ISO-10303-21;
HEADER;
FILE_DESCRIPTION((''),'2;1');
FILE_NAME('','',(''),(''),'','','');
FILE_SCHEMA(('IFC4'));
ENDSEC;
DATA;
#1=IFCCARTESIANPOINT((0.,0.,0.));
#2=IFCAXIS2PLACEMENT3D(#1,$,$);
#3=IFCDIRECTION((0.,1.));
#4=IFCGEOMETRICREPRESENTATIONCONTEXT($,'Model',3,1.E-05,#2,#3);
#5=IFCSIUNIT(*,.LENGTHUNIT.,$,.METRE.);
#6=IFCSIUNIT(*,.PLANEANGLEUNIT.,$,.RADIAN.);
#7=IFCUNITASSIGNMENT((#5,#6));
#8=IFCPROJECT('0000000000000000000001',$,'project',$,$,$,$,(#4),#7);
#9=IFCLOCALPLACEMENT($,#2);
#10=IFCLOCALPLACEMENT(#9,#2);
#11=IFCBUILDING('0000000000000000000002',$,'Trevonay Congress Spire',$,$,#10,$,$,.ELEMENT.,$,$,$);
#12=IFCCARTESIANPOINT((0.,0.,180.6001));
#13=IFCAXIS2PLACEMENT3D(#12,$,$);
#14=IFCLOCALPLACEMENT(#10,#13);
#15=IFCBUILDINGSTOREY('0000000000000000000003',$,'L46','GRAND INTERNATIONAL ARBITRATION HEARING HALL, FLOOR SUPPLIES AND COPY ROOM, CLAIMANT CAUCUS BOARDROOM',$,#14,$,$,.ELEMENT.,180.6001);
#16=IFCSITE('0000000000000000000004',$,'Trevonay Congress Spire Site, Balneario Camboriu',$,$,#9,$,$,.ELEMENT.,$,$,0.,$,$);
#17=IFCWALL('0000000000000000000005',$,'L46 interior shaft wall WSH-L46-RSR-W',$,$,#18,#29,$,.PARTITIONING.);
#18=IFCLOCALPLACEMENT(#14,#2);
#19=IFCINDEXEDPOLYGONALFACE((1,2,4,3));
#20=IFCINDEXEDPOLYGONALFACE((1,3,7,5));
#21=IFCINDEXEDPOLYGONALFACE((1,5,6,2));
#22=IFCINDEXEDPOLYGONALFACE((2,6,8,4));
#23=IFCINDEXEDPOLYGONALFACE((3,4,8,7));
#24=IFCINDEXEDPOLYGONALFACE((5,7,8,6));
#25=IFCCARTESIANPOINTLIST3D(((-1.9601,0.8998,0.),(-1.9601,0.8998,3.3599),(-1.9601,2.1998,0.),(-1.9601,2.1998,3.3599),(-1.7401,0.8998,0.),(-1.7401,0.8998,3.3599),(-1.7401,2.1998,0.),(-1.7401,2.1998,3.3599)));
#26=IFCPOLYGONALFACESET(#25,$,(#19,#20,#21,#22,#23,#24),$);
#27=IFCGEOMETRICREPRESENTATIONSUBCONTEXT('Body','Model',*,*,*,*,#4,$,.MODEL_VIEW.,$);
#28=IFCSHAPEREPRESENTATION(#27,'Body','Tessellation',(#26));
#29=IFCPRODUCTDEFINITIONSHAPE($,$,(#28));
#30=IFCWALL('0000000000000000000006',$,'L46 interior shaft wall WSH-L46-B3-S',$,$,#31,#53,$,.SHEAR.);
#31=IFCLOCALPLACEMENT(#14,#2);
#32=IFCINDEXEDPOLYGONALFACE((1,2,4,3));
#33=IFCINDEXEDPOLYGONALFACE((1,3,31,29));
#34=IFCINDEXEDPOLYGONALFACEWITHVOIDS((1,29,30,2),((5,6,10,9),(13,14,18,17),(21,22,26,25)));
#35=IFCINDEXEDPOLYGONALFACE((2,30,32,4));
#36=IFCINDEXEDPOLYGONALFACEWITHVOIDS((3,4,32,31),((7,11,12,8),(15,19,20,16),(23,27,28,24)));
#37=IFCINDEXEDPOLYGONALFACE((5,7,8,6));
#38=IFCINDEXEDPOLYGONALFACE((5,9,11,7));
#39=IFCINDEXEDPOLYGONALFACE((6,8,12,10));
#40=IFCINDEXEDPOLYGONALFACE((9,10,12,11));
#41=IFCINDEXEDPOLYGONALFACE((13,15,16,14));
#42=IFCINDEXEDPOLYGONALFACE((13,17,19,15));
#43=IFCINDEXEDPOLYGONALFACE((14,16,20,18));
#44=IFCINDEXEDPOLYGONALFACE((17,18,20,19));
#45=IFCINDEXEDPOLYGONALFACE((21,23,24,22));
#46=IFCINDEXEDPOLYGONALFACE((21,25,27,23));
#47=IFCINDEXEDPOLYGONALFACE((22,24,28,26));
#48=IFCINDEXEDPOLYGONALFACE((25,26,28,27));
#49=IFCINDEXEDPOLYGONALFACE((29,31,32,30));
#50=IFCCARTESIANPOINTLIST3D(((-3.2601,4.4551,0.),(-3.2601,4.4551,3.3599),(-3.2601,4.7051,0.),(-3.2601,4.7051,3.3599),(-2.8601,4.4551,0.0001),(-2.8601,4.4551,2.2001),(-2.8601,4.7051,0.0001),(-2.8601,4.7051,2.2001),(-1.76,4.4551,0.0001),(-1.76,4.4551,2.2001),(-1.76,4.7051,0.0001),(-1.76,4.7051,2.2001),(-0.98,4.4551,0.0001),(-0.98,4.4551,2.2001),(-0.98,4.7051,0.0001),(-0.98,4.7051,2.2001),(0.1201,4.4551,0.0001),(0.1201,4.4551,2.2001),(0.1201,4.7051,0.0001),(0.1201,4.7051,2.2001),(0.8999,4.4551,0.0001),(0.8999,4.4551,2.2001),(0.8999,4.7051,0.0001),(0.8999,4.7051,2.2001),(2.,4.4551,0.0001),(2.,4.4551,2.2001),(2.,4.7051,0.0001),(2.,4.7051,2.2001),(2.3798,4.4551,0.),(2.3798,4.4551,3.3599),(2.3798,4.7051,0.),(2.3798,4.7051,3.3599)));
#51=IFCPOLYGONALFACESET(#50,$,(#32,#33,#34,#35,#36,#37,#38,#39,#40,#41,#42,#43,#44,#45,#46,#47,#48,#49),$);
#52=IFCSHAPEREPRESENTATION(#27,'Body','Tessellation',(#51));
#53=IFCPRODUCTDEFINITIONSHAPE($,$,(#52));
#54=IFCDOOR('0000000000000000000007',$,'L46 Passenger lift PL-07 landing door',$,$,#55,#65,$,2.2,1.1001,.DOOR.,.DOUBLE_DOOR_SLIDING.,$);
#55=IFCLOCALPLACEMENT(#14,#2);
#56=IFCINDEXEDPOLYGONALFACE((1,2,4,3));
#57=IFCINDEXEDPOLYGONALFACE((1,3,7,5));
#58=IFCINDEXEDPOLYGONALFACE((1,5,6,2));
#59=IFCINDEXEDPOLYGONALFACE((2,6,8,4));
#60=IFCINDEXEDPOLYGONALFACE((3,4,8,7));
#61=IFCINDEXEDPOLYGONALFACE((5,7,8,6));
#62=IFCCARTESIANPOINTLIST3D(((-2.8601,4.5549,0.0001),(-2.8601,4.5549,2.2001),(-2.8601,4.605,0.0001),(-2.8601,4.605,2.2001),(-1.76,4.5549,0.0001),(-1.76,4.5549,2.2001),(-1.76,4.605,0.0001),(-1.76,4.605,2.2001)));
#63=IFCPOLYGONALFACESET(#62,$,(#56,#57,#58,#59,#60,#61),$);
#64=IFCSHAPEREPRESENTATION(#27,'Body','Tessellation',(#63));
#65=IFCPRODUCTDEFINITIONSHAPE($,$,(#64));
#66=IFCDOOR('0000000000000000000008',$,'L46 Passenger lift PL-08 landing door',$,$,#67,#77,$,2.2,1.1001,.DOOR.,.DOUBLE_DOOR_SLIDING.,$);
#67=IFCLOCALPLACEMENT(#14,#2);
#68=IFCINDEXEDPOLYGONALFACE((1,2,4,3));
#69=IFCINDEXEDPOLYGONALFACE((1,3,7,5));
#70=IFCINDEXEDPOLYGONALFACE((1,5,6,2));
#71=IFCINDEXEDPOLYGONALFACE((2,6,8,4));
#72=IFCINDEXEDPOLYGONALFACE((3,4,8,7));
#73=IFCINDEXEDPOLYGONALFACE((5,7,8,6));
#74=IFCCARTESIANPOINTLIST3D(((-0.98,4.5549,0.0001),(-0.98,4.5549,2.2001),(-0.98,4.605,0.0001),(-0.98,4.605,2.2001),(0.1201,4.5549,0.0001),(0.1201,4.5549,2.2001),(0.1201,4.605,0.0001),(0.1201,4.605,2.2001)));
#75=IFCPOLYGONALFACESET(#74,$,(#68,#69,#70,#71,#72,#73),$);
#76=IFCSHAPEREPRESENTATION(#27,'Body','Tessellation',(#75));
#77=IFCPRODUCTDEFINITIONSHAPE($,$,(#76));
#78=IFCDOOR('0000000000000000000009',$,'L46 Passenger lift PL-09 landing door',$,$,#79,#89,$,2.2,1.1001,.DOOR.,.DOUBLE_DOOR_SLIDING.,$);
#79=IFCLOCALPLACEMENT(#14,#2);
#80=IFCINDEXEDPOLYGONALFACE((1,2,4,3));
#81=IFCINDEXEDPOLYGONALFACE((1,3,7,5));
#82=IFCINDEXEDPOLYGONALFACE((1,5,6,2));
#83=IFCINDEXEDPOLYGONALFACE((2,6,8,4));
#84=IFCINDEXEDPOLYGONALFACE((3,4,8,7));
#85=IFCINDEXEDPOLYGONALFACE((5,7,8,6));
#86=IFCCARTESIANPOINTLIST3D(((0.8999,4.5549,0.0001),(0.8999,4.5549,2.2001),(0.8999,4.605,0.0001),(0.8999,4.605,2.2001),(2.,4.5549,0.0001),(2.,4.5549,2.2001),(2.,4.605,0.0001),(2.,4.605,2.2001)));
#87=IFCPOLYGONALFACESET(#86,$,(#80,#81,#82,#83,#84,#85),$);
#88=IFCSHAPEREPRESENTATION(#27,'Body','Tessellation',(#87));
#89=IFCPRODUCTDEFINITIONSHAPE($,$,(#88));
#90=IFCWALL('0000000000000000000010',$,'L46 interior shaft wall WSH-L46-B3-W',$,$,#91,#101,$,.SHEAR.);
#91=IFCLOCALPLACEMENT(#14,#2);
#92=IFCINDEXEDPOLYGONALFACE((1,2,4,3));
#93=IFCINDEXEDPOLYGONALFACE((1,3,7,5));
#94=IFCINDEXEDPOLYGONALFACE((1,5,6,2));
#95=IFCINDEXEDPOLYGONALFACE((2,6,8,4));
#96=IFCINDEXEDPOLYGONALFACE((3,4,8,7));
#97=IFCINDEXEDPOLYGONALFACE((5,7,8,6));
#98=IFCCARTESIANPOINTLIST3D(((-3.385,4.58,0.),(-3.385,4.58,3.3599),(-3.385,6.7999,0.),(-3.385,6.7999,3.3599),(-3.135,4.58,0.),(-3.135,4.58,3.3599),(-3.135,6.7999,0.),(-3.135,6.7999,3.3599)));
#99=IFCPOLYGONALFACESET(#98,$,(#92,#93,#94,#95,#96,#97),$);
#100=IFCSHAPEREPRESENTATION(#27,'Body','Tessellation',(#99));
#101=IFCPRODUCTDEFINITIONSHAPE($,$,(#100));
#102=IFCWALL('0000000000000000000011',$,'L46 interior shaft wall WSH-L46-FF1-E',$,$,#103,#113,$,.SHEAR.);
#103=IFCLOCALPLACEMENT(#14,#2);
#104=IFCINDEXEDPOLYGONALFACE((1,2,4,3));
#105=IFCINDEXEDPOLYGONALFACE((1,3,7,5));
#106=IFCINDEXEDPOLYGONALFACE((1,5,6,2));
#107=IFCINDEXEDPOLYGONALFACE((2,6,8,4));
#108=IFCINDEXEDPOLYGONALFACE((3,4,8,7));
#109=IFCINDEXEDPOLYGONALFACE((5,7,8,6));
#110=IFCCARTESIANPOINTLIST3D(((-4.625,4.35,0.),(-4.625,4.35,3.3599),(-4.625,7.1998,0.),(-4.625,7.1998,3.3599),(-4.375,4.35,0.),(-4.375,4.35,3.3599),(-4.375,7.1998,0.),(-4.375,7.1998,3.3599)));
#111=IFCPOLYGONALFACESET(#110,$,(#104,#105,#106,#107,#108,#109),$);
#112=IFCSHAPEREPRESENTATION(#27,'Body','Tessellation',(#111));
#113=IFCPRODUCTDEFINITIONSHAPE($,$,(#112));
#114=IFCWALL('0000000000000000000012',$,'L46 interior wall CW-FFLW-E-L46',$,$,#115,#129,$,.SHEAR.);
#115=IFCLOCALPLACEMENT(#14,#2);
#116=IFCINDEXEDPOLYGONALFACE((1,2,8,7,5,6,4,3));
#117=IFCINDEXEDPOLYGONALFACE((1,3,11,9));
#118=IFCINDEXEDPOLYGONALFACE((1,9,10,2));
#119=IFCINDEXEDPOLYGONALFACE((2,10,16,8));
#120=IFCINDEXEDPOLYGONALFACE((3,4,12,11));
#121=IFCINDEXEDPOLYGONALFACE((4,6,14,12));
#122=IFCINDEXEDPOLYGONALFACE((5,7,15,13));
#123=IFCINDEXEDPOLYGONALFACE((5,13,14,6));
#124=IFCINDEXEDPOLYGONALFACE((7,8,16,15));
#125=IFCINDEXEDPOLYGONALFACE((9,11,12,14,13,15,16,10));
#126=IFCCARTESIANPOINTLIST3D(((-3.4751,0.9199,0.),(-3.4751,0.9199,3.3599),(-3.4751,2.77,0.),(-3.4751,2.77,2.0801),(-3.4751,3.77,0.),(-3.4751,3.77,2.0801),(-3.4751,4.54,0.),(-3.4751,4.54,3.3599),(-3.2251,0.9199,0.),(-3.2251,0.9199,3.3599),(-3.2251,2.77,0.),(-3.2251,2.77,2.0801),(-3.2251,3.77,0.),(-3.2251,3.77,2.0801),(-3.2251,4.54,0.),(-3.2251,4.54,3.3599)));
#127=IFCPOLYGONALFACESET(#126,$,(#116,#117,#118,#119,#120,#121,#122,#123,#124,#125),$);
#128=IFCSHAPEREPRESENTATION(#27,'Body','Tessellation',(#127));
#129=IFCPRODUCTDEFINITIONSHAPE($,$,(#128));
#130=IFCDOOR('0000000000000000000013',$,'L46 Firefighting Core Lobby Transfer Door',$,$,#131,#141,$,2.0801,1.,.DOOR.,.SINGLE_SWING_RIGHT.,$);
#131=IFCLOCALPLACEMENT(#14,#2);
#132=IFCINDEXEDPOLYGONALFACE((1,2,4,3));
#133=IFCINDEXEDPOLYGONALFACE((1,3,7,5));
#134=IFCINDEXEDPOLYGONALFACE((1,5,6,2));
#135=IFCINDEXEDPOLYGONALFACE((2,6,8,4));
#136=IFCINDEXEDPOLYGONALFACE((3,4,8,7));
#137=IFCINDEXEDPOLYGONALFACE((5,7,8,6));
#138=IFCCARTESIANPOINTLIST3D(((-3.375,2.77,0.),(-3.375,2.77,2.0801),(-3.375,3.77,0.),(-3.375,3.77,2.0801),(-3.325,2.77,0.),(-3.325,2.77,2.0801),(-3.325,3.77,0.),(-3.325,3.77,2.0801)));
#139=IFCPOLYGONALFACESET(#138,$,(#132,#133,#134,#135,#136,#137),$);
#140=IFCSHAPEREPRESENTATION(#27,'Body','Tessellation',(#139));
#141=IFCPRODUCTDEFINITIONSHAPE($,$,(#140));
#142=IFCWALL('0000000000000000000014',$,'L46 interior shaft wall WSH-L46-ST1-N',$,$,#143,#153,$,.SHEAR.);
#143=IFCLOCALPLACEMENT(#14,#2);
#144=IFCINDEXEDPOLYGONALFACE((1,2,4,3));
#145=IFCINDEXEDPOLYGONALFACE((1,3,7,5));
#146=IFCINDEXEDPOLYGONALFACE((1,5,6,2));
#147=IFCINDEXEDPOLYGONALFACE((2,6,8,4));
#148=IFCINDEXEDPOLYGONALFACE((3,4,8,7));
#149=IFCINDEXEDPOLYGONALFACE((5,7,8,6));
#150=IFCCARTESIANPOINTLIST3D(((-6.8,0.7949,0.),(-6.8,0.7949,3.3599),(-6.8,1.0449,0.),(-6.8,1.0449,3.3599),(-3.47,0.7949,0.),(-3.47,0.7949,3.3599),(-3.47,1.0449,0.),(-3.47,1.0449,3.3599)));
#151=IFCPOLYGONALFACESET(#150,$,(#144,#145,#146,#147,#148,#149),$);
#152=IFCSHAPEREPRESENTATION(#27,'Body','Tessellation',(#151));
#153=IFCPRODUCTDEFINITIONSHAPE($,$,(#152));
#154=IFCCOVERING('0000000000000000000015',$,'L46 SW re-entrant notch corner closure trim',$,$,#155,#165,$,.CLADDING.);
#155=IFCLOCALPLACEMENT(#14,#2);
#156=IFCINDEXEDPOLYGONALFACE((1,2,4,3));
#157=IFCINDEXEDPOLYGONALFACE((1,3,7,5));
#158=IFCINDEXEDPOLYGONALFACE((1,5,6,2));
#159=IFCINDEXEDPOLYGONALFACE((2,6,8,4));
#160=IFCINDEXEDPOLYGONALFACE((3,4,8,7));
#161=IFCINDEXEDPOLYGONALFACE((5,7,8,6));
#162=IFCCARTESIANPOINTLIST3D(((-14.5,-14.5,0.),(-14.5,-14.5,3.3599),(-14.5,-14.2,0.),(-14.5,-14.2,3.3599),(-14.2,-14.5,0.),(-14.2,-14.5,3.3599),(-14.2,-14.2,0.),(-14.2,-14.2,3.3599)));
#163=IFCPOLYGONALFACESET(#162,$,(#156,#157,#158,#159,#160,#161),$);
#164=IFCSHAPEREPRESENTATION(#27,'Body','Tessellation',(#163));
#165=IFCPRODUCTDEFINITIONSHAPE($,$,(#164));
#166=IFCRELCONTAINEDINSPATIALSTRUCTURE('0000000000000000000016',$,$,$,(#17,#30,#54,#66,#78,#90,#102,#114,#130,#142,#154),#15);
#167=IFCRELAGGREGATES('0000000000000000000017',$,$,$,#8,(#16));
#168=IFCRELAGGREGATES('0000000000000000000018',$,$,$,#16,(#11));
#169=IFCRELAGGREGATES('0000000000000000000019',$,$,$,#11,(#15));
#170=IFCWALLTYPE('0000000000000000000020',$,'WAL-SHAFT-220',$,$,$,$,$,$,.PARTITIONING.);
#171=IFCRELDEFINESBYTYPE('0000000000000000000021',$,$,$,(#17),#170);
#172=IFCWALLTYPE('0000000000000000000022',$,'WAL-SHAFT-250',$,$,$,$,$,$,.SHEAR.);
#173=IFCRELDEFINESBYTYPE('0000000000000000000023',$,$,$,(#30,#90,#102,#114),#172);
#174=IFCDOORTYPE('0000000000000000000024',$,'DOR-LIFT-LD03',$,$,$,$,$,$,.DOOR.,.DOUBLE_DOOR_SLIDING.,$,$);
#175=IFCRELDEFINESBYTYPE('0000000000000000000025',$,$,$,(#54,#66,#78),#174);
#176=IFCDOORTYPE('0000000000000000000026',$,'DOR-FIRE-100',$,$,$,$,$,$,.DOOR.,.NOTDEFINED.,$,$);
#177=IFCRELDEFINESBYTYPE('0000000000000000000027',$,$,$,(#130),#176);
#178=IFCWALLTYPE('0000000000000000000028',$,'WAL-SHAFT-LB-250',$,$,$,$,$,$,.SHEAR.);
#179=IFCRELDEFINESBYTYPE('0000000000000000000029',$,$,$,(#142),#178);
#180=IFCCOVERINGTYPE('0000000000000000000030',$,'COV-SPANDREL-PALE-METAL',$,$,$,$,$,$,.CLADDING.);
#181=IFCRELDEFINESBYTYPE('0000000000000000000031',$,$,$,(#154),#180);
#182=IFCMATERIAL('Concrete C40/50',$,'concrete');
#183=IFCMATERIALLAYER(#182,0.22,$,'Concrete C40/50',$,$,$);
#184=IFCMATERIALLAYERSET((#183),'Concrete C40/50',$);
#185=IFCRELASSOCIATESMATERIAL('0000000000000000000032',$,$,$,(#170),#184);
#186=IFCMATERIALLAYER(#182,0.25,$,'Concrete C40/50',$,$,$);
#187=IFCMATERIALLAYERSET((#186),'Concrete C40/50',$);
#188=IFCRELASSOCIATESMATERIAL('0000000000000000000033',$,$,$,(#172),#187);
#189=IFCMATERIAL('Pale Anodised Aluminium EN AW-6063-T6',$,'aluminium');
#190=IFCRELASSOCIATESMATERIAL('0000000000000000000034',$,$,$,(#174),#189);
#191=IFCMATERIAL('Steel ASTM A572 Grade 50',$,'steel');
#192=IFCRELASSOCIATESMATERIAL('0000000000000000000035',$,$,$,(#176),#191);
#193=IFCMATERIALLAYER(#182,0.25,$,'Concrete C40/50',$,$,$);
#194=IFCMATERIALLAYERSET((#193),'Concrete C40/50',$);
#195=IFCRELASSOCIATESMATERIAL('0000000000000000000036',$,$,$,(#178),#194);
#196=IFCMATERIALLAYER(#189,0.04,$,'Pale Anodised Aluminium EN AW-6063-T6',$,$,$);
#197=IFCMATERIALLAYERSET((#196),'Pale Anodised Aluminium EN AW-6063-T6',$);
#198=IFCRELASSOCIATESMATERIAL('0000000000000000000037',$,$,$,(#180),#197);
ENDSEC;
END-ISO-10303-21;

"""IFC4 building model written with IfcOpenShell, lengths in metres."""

from ifc_helpers import new_model, si_unit, direction, frame, frame_2d, origin, place, context, subcontext, project, spatial, polyline, rectangle, outline, extrude, material, layer, layer_set, type_object, element, fill, save


model = new_model("IFC4")

# Units and contexts
model_context = context("Model", 3, precision=1e-05, world=origin(), true_north=direction((0.0, 1.0)))
body_context = subcontext(model_context, "Body", "Model", "MODEL_VIEW")
ifc_project = project(units=[si_unit("LENGTHUNIT", "METRE"), si_unit("PLANEANGLEUNIT", "RADIAN")], contexts=[model_context])

# Site, building, storey
site_placement = place(None, origin())
site = spatial("IfcSite", under=ifc_project, at=site_placement, Name="Trevonay Congress Spire Site, Balneario Camboriu", CompositionType="ELEMENT", RefElevation=0.0)
building_placement = place(site_placement, origin())
building = spatial("IfcBuilding", under=site, at=building_placement, Name="Trevonay Congress Spire", CompositionType="ELEMENT")
storey_placement = place(building_placement, frame((0.0, 0.0, 180.6001)))
storey = spatial("IfcBuildingStorey", under=building, at=storey_placement, Name="L46", Description="GRAND INTERNATIONAL ARBITRATION HEARING HALL, FLOOR SUPPLIES AND COPY ROOM, CLAIMANT CAUCUS BOARDROOM", CompositionType="ELEMENT", Elevation=180.6001)

# Shared definitions
ifc_material_1 = material(Name="Steel ASTM A572 Grade 50", Category="steel")

# Shared definitions
ifc_material_2 = material(Name="Concrete C40/50", Category="concrete")

# Wall
ifc_layer_1 = layer(ifc_material_2, 0.22, Name="Concrete C40/50")
ifc_layer_set_1 = layer_set([ifc_layer_1], Name="Concrete C40/50")
wall_type_1 = type_object("IfcWallType", Name="WAL-SHAFT-220", PredefinedType="PARTITIONING", material=ifc_layer_set_1)
for number, where, z_axis, x_axis, name in (
    (1, (-1.8501, 0.8999, 0.0), (0.0, 0.0, 1.0), (0.0, 1.0, 0.0), "L46 interior shaft wall WSH-L46-RSR-W"),
):
    element("IfcWall", number, at=place(storey_placement, frame(where, z_axis=z_axis, x_axis=x_axis)), inside=storey, type_object=wall_type_1, Name=name, PredefinedType="PARTITIONING", context=body_context, shape_type="SweptSolid", body=[
        extrude(rectangle(XDim=1.3, YDim=0.22, at=frame_2d((0.6499, 0.0))), origin(), (0.0, 0.0, 1.0), 3.3599),
    ])

# Wall, openings, doors
ifc_layer_2 = layer(ifc_material_2, 0.25, Name="Concrete C40/50")
ifc_layer_set_2 = layer_set([ifc_layer_2], Name="Concrete C40/50")
wall_type_2 = type_object("IfcWallType", Name="WAL-SHAFT-250", PredefinedType="SHEAR", material=ifc_layer_set_2)
wall_1_placement = place(storey_placement, frame((-3.26, 4.5801, 0.0), z_axis=(0.0, 0.0, 1.0), x_axis=(1.0, 0.0, 0.0)))
wall_1 = element("IfcWall", 2, at=wall_1_placement, inside=storey, type_object=wall_type_2, Name="L46 interior shaft wall WSH-L46-B3-S", PredefinedType="SHEAR", context=body_context, shape_type="SweptSolid", body=[
    extrude(rectangle(XDim=5.6399, YDim=0.25, at=frame_2d((2.8198, 0.0))), origin(), (0.0, 0.0, 1.0), 3.3599),
])
opening_1_placement = place(wall_1_placement, frame((0.3999, 0.0, 0.0)))
opening_1 = element("IfcOpeningElement", 3, at=opening_1_placement, cuts=wall_1, PredefinedType="OPENING", context=body_context, shape_type="SweptSolid", body=[
    extrude(rectangle(XDim=1.1001, YDim=2.2, at=frame_2d((0.55, 1.1001))), frame((0.0, 0.135, 0.0), z_axis=(0.0, -1.0, 0.0), x_axis=(1.0, 0.0, 0.0)), (0.0, 0.0, 1.0), 0.27),
])
opening_2_placement = place(wall_1_placement, frame((2.28, 0.0, 0.0)))
opening_2 = element("IfcOpeningElement", 4, at=opening_2_placement, cuts=wall_1, PredefinedType="OPENING", context=body_context, shape_type="SweptSolid", body=[
    extrude(rectangle(XDim=1.1001, YDim=2.2, at=frame_2d((0.55, 1.1001))), frame((0.0, 0.135, 0.0), z_axis=(0.0, -1.0, 0.0), x_axis=(1.0, 0.0, 0.0)), (0.0, 0.0, 1.0), 0.27),
])
opening_3_placement = place(wall_1_placement, frame((4.1599, 0.0, 0.0)))
opening_3 = element("IfcOpeningElement", 5, at=opening_3_placement, cuts=wall_1, PredefinedType="OPENING", context=body_context, shape_type="SweptSolid", body=[
    extrude(rectangle(XDim=1.1001, YDim=2.2, at=frame_2d((0.55, 1.1001))), frame((0.0, 0.135, 0.0), z_axis=(0.0, -1.0, 0.0), x_axis=(1.0, 0.0, 0.0)), (0.0, 0.0, 1.0), 0.27),
])
ifc_material_3 = material(Name="Pale Anodised Aluminium EN AW-6063-T6", Category="aluminium")
door_type_1 = type_object("IfcDoorType", Name="DOR-LIFT-LD03", OperationType="DOUBLE_DOOR_SLIDING", PredefinedType="DOOR", material=ifc_material_3)
door_1_placement = place(opening_1_placement, origin())
door_1 = element("IfcDoor", 6, at=door_1_placement, inside=storey, type_object=door_type_1, Name="L46 Passenger lift PL-07 landing door", OperationType="DOUBLE_DOOR_SLIDING", OverallHeight=2.2, OverallWidth=1.1001, PredefinedType="DOOR", context=body_context, shape_type="SweptSolid", body=[
    extrude(rectangle(XDim=1.1001, YDim=2.2, at=frame_2d((0.55, 1.1001))), frame((0.0, 0.0249, 0.0), z_axis=(0.0, -1.0, 0.0), x_axis=(1.0, 0.0, 0.0)), (0.0, 0.0, 1.0), 0.05),
])
fill(opening_1, door_1)
door_2_placement = place(opening_2_placement, origin())
door_2 = element("IfcDoor", 7, at=door_2_placement, inside=storey, type_object=door_type_1, Name="L46 Passenger lift PL-08 landing door", OperationType="DOUBLE_DOOR_SLIDING", OverallHeight=2.2, OverallWidth=1.1001, PredefinedType="DOOR", context=body_context, shape_type="SweptSolid", body=[
    extrude(rectangle(XDim=1.1001, YDim=2.2, at=frame_2d((0.55, 1.1001))), frame((0.0, 0.0249, 0.0), z_axis=(0.0, -1.0, 0.0), x_axis=(1.0, 0.0, 0.0)), (0.0, 0.0, 1.0), 0.05),
])
fill(opening_2, door_2)
door_3_placement = place(opening_3_placement, origin())
door_3 = element("IfcDoor", 8, at=door_3_placement, inside=storey, type_object=door_type_1, Name="L46 Passenger lift PL-09 landing door", OperationType="DOUBLE_DOOR_SLIDING", OverallHeight=2.2, OverallWidth=1.1001, PredefinedType="DOOR", context=body_context, shape_type="SweptSolid", body=[
    extrude(rectangle(XDim=1.1001, YDim=2.2, at=frame_2d((0.55, 1.1001))), frame((0.0, 0.0249, 0.0), z_axis=(0.0, -1.0, 0.0), x_axis=(1.0, 0.0, 0.0)), (0.0, 0.0, 1.0), 0.05),
])
fill(opening_3, door_3)

# Walls
wall_2_placement = place(storey_placement, frame((-3.26, 4.5801, 0.0), z_axis=(0.0, 0.0, 1.0), x_axis=(0.0, 1.0, 0.0)))
element("IfcWall", 9, at=wall_2_placement, inside=storey, type_object=wall_type_2, Name="L46 interior shaft wall WSH-L46-B3-W", PredefinedType="SHEAR", context=body_context, shape_type="SweptSolid", body=[
    extrude(rectangle(XDim=2.22, YDim=0.25, at=frame_2d((1.1099, 0.0))), origin(), (0.0, 0.0, 1.0), 3.3599),
])
wall_3_placement = place(storey_placement, frame((-4.5, 4.3501, 0.0), z_axis=(0.0, 0.0, 1.0), x_axis=(0.0, 1.0, 0.0)))
element("IfcWall", 10, at=wall_3_placement, inside=storey, type_object=wall_type_2, Name="L46 interior shaft wall WSH-L46-FF1-E", PredefinedType="SHEAR", context=body_context, shape_type="SweptSolid", body=[
    extrude(rectangle(XDim=2.8499, YDim=0.25, at=frame_2d((1.4248, 0.0))), origin(), (0.0, 0.0, 1.0), 3.3599),
])

# Wall, opening, door
wall_4_placement = place(storey_placement, frame((-3.3501, 0.9199, 0.0), z_axis=(0.0, 0.0, 1.0), x_axis=(0.0, 1.0, 0.0)))
wall_4 = element("IfcWall", 11, at=wall_4_placement, inside=storey, type_object=wall_type_2, Name="L46 interior wall CW-FFLW-E-L46", PredefinedType="SHEAR", context=body_context, shape_type="SweptSolid", body=[
    extrude(rectangle(XDim=3.6201, YDim=0.25, at=frame_2d((1.8101, 0.0))), origin(), (0.0, 0.0, 1.0), 3.3599),
])
opening_4_placement = place(wall_4_placement, frame((1.8501, 0.0, 0.0)))
opening_4 = element("IfcOpeningElement", 12, at=opening_4_placement, cuts=wall_4, PredefinedType="OPENING", context=body_context, shape_type="SweptSolid", body=[
    extrude(rectangle(XDim=1.0, YDim=2.0801, at=frame_2d((0.5, 1.04))), frame((0.0, 0.135, 0.0), z_axis=(0.0, -1.0, 0.0), x_axis=(1.0, 0.0, 0.0)), (0.0, 0.0, 1.0), 0.27),
])
door_type_2 = type_object("IfcDoorType", Name="DOR-FIRE-100", OperationType="NOTDEFINED", PredefinedType="DOOR", material=ifc_material_1)
door_4_placement = place(opening_4_placement, origin())
door_4 = element("IfcDoor", 13, at=door_4_placement, inside=storey, type_object=door_type_2, Name="L46 Firefighting Core Lobby Transfer Door", OperationType="SINGLE_SWING_RIGHT", OverallHeight=2.0801, OverallWidth=1.0, PredefinedType="DOOR", context=body_context, shape_type="SweptSolid", body=[
    extrude(rectangle(XDim=1.0, YDim=2.0801, at=frame_2d((0.5, 1.04))), frame((0.0, 0.0249, 0.0), z_axis=(0.0, -1.0, 0.0), x_axis=(1.0, 0.0, 0.0)), (0.0, 0.0, 1.0), 0.05),
])
fill(opening_4, door_4)

# Wall
ifc_layer_3 = layer(ifc_material_2, 0.25, Name="Concrete C40/50")
ifc_layer_set_3 = layer_set([ifc_layer_3], Name="Concrete C40/50")
wall_type_3 = type_object("IfcWallType", Name="WAL-SHAFT-LB-250", PredefinedType="SHEAR", material=ifc_layer_set_3)
wall_5_placement = place(storey_placement, frame((-6.8, 0.9199, 0.0), z_axis=(0.0, 0.0, 1.0), x_axis=(1.0, 0.0, 0.0)))
element("IfcWall", 14, at=wall_5_placement, inside=storey, type_object=wall_type_3, Name="L46 interior shaft wall WSH-L46-ST1-N", PredefinedType="SHEAR", context=body_context, shape_type="SweptSolid", body=[
    extrude(rectangle(XDim=3.3301, YDim=0.25, at=frame_2d((1.665, 0.0))), origin(), (0.0, 0.0, 1.0), 3.3599),
])

# Covering
ifc_layer_4 = layer(ifc_material_3, 0.04, Name="Pale Anodised Aluminium EN AW-6063-T6")
ifc_layer_set_4 = layer_set([ifc_layer_4], Name="Pale Anodised Aluminium EN AW-6063-T6")
covering_type = type_object("IfcCoveringType", Name="COV-SPANDREL-PALE-METAL", PredefinedType="CLADDING", material=ifc_layer_set_4)
covering_1_placement = place(storey_placement, origin())
element("IfcCovering", 15, at=covering_1_placement, inside=storey, type_object=covering_type, Name="L46 SW re-entrant notch corner closure trim", PredefinedType="CLADDING", context=body_context, shape_type="SweptSolid", body=[
    extrude(outline(polyline([(-14.5, -14.5), (-14.2, -14.5), (-14.2, -14.2), (-14.5, -14.2), (-14.5, -14.5)])), origin(), (0.0, 0.0, 1.0), 3.3599),
])

save(model, "model.ifc")
